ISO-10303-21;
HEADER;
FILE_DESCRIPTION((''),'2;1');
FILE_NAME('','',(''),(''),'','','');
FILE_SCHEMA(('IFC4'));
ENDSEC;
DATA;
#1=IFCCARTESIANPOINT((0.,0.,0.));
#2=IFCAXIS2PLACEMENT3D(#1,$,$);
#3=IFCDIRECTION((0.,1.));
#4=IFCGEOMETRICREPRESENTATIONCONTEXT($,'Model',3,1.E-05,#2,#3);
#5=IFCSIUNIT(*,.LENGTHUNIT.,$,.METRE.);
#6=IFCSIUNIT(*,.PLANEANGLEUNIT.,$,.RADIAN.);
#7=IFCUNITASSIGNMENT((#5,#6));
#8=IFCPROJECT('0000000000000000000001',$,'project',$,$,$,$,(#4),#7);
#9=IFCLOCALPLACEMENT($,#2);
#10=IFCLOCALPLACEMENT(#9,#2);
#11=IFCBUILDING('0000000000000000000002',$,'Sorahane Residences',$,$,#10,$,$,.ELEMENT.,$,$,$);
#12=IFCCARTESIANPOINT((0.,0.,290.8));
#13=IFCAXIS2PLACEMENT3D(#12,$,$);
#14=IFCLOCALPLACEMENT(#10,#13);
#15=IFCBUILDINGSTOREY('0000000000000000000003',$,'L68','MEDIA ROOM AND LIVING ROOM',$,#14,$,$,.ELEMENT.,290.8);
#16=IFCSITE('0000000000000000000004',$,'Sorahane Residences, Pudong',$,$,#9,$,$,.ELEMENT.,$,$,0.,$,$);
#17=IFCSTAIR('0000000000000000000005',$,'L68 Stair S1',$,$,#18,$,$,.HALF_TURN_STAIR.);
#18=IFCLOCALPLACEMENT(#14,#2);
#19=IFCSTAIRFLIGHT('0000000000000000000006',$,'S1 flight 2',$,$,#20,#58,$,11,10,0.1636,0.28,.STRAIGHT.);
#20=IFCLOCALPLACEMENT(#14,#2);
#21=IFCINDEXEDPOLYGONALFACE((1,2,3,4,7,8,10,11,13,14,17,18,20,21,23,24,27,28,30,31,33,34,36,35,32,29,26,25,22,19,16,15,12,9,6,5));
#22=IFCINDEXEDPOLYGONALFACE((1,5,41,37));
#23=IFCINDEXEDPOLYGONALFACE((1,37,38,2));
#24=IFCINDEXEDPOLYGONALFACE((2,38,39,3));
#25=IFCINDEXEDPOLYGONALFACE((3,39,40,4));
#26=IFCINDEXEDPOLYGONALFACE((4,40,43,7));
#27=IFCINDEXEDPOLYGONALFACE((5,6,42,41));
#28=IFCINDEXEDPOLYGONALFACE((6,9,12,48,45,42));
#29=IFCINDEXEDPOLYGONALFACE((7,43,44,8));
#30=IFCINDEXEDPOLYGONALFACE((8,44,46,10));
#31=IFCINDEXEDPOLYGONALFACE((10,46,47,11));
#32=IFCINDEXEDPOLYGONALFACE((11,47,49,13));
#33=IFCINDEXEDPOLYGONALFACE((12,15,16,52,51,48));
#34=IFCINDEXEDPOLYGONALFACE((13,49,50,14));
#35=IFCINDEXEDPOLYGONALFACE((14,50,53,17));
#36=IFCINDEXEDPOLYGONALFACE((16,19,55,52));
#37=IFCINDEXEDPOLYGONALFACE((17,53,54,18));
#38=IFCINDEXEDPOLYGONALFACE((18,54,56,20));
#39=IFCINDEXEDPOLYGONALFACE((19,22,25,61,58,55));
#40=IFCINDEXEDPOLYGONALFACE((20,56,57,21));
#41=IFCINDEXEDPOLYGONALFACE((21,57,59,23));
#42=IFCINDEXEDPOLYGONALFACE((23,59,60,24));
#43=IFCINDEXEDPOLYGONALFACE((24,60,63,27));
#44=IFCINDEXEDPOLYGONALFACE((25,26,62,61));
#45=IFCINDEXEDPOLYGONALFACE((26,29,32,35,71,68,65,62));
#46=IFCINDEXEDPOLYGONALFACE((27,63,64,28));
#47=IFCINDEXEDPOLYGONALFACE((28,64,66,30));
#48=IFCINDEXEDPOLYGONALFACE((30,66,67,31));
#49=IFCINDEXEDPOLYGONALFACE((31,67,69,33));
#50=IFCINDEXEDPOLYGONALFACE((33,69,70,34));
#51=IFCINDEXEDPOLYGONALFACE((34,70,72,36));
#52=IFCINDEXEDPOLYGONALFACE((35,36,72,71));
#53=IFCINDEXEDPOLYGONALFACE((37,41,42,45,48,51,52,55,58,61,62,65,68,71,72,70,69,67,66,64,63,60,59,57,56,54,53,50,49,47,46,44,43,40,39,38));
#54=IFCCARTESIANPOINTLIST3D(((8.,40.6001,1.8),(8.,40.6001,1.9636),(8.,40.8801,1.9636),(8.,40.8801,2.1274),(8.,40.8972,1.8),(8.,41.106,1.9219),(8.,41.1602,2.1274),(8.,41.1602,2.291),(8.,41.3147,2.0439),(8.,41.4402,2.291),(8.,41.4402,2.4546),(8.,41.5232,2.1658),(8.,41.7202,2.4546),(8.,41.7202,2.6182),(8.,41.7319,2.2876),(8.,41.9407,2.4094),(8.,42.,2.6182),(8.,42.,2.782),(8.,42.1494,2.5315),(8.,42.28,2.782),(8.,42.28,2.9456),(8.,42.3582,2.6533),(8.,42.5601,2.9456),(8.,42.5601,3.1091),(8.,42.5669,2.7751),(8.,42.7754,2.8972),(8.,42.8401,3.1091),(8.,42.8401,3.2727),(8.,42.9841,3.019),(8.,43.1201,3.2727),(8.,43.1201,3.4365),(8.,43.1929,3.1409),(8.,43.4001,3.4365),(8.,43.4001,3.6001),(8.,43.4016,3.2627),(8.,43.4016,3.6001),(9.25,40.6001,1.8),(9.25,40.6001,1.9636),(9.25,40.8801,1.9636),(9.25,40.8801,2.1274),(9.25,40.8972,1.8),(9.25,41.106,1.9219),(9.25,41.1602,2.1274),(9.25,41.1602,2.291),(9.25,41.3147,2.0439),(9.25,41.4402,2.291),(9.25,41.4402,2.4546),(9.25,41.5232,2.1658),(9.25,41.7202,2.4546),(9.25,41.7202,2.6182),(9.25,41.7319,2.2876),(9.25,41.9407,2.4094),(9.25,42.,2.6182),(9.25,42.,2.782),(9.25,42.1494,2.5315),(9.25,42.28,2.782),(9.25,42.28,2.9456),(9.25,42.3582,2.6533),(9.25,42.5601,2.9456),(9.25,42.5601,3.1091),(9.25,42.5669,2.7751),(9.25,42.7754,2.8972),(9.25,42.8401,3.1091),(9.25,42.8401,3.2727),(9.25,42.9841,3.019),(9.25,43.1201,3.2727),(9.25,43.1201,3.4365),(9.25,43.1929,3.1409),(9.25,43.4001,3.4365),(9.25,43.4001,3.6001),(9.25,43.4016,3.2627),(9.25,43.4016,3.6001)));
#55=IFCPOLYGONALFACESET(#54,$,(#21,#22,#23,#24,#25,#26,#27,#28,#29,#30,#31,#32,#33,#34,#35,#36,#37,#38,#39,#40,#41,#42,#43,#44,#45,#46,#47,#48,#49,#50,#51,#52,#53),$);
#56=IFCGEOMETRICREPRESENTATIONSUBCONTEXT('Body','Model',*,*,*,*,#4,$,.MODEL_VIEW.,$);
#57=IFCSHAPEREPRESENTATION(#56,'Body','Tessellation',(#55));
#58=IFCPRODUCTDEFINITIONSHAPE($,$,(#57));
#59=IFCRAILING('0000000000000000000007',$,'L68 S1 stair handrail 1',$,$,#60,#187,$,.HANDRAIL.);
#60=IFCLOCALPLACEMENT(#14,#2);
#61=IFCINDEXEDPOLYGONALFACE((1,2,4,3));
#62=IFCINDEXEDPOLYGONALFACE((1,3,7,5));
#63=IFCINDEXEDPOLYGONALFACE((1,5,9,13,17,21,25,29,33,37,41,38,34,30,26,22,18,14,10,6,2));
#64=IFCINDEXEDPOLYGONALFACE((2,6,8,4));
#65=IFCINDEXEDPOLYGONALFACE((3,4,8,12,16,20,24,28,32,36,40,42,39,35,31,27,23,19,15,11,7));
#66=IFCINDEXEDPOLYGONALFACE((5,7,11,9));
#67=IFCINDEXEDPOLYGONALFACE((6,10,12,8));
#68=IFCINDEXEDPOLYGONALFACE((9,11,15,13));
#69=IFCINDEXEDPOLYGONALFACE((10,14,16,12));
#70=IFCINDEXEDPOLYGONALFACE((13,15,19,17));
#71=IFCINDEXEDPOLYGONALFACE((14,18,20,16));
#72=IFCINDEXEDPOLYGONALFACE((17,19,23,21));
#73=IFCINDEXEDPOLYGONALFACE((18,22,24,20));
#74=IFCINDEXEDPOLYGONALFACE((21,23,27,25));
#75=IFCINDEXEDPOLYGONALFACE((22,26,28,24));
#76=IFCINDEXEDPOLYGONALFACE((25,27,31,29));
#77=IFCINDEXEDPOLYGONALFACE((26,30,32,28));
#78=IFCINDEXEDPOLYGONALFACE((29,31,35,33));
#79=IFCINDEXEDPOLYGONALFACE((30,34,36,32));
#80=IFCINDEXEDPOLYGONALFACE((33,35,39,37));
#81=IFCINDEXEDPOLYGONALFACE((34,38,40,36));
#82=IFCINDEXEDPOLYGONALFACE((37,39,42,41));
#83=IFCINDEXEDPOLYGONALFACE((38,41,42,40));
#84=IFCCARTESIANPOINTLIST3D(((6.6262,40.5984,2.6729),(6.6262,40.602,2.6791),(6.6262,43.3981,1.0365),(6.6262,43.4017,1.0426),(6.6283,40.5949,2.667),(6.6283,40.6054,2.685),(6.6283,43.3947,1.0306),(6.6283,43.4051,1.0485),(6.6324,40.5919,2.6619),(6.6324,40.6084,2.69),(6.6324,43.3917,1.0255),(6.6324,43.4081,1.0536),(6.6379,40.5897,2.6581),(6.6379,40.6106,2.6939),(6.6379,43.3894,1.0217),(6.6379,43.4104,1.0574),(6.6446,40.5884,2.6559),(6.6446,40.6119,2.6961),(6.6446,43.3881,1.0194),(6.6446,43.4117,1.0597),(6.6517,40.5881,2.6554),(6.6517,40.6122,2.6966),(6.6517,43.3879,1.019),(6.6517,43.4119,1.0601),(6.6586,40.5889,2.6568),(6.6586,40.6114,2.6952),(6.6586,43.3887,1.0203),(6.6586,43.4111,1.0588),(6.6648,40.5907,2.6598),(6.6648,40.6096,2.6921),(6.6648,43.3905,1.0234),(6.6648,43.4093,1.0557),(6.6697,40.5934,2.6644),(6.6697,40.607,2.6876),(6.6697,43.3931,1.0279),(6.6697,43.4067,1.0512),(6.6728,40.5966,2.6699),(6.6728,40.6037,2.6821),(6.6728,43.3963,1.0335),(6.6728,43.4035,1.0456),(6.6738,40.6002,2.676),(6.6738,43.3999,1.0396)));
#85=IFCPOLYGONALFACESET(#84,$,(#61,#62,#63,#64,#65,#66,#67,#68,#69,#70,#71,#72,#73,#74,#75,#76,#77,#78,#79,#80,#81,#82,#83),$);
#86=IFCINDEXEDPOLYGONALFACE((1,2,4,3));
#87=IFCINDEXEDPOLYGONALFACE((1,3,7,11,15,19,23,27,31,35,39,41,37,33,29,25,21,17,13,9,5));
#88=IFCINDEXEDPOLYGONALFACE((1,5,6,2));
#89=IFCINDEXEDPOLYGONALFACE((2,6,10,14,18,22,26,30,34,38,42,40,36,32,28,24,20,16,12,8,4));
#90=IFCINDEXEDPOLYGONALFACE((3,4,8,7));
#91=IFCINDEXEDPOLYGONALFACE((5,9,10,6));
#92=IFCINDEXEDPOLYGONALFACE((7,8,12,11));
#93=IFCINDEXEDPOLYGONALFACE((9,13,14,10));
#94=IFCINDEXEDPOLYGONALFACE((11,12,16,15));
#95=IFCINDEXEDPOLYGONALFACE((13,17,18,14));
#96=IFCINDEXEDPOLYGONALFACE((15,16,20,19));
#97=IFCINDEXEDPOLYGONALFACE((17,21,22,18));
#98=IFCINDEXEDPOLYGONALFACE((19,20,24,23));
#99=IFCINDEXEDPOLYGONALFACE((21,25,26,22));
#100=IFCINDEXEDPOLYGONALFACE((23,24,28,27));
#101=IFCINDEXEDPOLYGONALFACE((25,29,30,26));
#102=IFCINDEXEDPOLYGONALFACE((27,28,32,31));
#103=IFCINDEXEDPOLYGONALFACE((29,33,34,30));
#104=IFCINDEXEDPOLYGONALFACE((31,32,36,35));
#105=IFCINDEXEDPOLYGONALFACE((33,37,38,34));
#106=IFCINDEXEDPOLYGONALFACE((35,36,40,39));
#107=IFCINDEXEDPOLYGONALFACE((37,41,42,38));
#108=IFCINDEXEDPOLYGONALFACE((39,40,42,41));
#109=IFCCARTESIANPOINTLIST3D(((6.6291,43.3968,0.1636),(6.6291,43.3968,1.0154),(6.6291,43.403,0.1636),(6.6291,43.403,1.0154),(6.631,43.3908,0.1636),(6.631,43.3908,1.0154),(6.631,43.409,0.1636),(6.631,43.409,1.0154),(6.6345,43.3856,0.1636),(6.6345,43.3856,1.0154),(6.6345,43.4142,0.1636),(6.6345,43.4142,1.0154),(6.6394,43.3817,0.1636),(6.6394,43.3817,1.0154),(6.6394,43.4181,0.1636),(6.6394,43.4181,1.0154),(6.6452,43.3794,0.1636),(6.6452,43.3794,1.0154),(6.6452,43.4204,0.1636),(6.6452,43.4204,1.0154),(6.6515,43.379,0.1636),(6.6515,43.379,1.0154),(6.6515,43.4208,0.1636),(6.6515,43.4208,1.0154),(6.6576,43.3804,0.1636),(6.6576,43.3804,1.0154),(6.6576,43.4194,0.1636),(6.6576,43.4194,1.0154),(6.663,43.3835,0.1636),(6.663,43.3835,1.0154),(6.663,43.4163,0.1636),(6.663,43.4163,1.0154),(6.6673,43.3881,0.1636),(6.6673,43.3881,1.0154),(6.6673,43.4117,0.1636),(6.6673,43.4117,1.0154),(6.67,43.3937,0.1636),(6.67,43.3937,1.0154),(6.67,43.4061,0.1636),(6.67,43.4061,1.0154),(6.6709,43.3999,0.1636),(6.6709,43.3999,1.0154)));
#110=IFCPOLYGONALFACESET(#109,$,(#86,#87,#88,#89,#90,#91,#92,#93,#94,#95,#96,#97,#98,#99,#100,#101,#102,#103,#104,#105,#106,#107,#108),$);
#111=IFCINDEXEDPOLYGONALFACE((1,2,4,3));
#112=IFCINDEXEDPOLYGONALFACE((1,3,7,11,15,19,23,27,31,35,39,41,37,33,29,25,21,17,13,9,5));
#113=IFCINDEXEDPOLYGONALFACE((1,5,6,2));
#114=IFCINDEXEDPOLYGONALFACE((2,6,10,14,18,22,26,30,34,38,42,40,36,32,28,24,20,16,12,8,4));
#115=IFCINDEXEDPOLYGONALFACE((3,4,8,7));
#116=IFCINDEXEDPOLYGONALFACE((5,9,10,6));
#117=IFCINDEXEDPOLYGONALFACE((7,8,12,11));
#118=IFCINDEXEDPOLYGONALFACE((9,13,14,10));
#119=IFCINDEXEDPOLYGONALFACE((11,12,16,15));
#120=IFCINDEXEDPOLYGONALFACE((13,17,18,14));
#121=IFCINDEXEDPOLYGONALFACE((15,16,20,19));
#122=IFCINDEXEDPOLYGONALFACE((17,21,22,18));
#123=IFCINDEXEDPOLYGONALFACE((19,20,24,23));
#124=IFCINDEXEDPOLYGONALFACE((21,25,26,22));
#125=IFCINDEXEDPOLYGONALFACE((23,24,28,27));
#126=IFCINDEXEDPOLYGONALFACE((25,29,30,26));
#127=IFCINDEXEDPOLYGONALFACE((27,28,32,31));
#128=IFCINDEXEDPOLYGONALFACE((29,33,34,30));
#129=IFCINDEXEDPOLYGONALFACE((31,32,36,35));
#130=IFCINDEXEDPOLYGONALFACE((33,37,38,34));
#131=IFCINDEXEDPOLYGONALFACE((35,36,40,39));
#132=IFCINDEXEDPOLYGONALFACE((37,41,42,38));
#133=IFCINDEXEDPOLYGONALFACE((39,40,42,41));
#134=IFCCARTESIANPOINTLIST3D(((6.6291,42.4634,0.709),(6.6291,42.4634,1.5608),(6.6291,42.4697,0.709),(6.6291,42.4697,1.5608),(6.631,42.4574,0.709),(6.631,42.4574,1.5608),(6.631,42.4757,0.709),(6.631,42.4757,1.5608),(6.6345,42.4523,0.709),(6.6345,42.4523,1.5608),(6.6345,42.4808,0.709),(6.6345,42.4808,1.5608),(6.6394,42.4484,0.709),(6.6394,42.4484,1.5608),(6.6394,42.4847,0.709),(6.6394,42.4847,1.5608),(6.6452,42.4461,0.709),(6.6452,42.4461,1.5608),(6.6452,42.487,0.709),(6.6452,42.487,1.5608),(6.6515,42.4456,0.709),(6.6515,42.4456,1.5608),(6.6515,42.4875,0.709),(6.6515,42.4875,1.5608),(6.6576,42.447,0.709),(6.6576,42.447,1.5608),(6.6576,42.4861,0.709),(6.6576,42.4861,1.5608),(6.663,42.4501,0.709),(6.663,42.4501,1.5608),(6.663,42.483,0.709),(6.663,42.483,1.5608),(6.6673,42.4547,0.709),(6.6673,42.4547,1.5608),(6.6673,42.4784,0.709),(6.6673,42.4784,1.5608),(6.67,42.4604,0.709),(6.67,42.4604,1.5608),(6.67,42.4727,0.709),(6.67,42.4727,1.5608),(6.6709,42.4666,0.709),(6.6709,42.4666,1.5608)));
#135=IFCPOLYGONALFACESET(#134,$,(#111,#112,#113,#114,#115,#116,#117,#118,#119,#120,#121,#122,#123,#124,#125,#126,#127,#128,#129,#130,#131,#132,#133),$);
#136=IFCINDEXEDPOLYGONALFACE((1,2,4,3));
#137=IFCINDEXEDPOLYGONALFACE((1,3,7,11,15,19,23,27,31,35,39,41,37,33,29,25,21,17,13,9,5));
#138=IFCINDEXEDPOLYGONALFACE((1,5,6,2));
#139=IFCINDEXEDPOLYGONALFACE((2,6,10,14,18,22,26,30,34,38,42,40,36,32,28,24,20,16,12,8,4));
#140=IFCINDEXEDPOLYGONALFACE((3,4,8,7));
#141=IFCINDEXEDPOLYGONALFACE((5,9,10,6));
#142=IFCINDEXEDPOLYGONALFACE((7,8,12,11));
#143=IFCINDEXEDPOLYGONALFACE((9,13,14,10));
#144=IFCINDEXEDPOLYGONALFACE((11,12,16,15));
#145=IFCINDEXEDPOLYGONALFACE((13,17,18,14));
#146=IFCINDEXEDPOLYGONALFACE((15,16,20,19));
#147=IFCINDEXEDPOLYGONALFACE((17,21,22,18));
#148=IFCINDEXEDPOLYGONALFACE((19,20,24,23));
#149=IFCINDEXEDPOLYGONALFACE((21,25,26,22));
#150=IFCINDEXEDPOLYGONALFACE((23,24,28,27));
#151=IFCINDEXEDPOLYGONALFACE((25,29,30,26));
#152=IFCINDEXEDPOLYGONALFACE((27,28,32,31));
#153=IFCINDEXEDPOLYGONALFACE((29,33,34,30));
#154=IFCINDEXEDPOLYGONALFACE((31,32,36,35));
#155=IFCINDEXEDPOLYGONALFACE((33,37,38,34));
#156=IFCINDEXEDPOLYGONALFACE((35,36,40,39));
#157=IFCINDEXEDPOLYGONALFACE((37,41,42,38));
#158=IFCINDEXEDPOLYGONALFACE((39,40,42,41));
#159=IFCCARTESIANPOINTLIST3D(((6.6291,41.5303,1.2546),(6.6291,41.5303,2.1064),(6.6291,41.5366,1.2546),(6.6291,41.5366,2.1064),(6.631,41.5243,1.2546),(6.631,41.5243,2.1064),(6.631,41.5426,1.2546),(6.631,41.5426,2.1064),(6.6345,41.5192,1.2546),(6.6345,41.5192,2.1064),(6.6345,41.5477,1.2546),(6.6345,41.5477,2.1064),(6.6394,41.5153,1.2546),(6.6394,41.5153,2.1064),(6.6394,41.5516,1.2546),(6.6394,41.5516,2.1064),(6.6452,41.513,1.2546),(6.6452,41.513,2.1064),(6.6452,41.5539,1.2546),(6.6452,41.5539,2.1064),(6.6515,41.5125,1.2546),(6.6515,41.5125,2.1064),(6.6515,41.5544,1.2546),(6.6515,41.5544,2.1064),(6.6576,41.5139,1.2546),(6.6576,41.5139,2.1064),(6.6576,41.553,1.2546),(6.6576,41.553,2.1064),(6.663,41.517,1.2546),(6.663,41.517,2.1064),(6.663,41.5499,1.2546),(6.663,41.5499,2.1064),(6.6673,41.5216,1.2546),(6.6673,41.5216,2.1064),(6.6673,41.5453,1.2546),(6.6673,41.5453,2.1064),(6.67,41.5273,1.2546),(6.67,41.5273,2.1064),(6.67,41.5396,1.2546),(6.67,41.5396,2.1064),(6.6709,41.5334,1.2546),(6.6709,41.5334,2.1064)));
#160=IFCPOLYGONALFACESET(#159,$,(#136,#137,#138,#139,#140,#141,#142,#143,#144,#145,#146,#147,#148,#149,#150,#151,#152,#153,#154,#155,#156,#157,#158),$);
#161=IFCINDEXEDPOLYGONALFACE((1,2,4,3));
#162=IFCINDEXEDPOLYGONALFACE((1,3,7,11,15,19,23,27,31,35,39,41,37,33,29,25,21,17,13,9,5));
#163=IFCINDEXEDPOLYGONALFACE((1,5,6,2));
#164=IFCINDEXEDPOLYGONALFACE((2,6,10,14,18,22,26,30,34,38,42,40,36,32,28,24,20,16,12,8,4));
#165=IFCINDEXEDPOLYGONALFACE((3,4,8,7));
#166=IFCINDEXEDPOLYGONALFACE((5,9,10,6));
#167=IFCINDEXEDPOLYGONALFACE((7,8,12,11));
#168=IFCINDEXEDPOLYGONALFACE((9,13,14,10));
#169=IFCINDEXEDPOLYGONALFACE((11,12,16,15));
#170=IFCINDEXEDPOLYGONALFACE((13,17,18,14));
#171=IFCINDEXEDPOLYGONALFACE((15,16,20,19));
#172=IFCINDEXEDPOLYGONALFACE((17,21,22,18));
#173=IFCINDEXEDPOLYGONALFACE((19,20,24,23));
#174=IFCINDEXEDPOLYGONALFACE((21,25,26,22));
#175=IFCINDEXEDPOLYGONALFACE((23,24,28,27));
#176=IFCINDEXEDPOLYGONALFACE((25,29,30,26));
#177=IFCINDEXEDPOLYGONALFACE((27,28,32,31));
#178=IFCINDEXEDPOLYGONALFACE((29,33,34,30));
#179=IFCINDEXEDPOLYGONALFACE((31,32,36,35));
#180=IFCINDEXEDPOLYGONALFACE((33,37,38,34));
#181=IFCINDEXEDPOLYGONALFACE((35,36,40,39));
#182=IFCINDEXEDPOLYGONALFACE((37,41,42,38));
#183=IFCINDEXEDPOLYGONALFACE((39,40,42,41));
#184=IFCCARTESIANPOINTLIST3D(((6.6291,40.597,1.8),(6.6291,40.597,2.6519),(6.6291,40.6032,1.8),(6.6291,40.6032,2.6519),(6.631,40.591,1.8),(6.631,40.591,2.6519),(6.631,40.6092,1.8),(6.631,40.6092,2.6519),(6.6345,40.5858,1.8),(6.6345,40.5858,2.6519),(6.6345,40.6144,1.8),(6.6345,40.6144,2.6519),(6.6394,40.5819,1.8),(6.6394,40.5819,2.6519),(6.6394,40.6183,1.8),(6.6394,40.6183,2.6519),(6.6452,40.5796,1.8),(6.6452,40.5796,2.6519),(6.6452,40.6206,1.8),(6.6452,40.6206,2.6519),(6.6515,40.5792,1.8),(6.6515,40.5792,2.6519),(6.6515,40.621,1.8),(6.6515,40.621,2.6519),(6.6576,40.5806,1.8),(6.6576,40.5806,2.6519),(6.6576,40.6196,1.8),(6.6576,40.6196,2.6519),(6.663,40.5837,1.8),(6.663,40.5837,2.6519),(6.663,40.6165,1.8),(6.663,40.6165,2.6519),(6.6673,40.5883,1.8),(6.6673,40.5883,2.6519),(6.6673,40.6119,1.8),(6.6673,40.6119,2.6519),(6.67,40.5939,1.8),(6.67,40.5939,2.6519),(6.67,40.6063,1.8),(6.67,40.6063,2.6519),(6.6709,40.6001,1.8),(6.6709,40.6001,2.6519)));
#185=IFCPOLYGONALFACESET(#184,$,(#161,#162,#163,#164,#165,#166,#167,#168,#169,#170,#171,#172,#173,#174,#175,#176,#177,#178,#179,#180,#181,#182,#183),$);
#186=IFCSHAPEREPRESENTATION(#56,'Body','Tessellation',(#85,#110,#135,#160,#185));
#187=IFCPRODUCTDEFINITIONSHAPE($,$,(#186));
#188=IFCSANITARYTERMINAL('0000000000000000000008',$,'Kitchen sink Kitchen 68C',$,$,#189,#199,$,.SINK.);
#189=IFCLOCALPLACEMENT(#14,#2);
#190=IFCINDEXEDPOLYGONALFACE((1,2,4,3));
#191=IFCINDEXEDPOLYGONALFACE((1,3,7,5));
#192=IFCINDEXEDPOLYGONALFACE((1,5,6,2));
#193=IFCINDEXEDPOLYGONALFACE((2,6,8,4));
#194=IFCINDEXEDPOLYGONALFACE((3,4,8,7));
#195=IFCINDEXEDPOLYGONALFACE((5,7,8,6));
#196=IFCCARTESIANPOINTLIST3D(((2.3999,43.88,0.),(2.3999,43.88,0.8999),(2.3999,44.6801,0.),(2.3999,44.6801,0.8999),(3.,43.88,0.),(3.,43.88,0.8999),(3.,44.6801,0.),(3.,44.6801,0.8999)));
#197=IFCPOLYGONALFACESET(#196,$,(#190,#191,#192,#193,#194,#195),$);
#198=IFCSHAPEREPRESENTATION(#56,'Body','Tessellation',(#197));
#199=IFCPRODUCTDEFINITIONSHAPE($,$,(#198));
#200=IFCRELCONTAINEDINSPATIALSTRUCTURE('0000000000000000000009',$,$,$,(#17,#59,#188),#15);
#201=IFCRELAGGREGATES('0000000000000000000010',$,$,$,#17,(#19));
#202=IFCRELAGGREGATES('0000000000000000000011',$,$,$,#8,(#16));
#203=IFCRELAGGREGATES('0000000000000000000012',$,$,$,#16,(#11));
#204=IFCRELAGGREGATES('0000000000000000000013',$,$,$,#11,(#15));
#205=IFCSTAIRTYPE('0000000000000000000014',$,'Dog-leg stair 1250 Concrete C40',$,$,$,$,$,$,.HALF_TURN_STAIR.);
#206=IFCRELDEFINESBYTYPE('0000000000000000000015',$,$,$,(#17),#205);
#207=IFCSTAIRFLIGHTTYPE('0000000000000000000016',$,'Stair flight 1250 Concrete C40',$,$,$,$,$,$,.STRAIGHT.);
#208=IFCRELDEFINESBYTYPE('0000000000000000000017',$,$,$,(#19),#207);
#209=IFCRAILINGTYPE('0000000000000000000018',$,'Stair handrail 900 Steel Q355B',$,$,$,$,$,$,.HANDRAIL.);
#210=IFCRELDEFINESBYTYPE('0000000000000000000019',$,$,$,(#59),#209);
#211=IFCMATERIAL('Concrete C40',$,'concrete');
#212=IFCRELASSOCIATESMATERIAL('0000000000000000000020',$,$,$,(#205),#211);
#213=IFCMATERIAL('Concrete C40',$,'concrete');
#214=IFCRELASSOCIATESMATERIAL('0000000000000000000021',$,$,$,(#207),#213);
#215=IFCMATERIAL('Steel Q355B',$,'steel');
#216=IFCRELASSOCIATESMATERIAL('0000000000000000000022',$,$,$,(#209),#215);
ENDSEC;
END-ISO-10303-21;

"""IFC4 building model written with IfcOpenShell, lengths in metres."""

from ifc_helpers import new_model, si_unit, direction, frame, origin, origin_2d, place, context, subcontext, project, spatial, polyline, rectangle, circle, outline, extrude, material, type_object, element, aggregate, save


model = new_model("IFC4")

# Units and contexts
model_context = context("Model", 3, precision=1e-05, world=origin(), true_north=direction((0.0, 1.0)))
body_context = subcontext(model_context, "Body", "Model", "MODEL_VIEW")
ifc_project = project(units=[si_unit("LENGTHUNIT", "METRE"), si_unit("PLANEANGLEUNIT", "RADIAN")], contexts=[model_context])

# Site, building, storey
site_placement = place(None, origin())
site = spatial("IfcSite", under=ifc_project, at=site_placement, Name="Sorahane Residences, Pudong", CompositionType="ELEMENT", RefElevation=0.0)
building_placement = place(site_placement, origin())
building = spatial("IfcBuilding", under=site, at=building_placement, Name="Sorahane Residences", CompositionType="ELEMENT")
storey_placement = place(building_placement, frame((0.0, 0.0, 290.8)))
storey = spatial("IfcBuildingStorey", under=building, at=storey_placement, Name="L68", Description="MEDIA ROOM AND LIVING ROOM", CompositionType="ELEMENT", Elevation=290.8)

# Stair, stair flight
ifc_material_1 = material(Name="Concrete C40", Category="concrete")
stair_type = type_object("IfcStairType", Name="Dog-leg stair 1250 Concrete C40", PredefinedType="HALF_TURN_STAIR", material=ifc_material_1)
stair_placement = place(storey_placement, origin())
stair = element("IfcStair", 1, at=stair_placement, inside=storey, type_object=stair_type, Name="L68 Stair S1", PredefinedType="HALF_TURN_STAIR")
ifc_material_2 = material(Name="Concrete C40", Category="concrete")
stair_flight_type = type_object("IfcStairFlightType", Name="Stair flight 1250 Concrete C40", PredefinedType="STRAIGHT", material=ifc_material_2)
stair_flight_1_placement = place(storey_placement, frame((8.625, 40.6001, 1.8), z_axis=(0.0, 0.0, 1.0), x_axis=(0.0, 1.0, 0.0)))
stair_flight_1 = element("IfcStairFlight", 2, at=stair_flight_1_placement, type_object=stair_flight_type, Name="S1 flight 2", NumberOfRisers=11, NumberOfTreads=10, PredefinedType="STRAIGHT", RiserHeight=0.1636, TreadLength=0.28, context=body_context, shape_type="SweptSolid", body=[
    extrude(outline(polyline([(0.0, 0.0), (0.0, 0.1636), (0.28, 0.1636), (0.28, 0.3274), (0.5601, 0.3274), (0.5601, 0.491), (0.8401, 0.491), (0.8401, 0.6545), (1.1201, 0.6545), (1.1201, 0.8181), (1.3999, 0.8181), (1.3999, 0.9819), (1.6799, 0.9819), (1.6799, 1.1455), (1.96, 1.1455), (1.96, 1.3091), (2.24, 1.3091), (2.24, 1.4727), (2.52, 1.4727), (2.52, 1.6365), (2.8, 1.6365), (2.8, 1.8), (2.8015, 1.8), (2.8015, 1.4626), (2.5928, 1.3408), (2.384, 1.219), (2.1753, 1.0972), (1.9668, 0.9751), (1.7581, 0.8533), (1.5493, 0.7314), (1.3406, 0.6094), (1.1318, 0.4875), (0.9231, 0.3657), (0.7146, 0.2439), (0.5059, 0.1218), (0.2971, 0.0), (0.0, 0.0)])), frame((0.0, 0.625, 0.0), z_axis=(0.0, -1.0, 0.0), x_axis=(1.0, 0.0, 0.0)), (0.0, 0.0, 1.0), 1.25),
])
aggregate(stair, [stair_flight_1])

# Railing
ifc_material_3 = material(Name="Steel Q355B", Category="steel")
railing_type_1 = type_object("IfcRailingType", Name="Stair handrail 900 Steel Q355B", PredefinedType="HANDRAIL", material=ifc_material_3)
railing_1_placement = place(storey_placement, frame((6.6499, 43.3999, 0.1636)))
element("IfcRailing", 3, at=railing_1_placement, inside=storey, type_object=railing_type_1, Name="L68 S1 stair handrail 1", PredefinedType="HANDRAIL", context=body_context, shape_type="SweptSolid", body=[
    extrude(circle(Radius=0.0239, at=origin_2d()), frame((0.0, 0.0, 0.876), z_axis=(0.0, -0.863342, 0.50462), x_axis=(1.0, 0.0, 0.0)), (0.0, 0.0, 1.0), 3.2429),
    extrude(circle(Radius=0.021, at=origin_2d()), origin(), (0.0, 0.0, 1.0), 0.8518),
    extrude(circle(Radius=0.021, at=origin_2d()), frame((0.0, -0.9333, 0.5454)), (0.0, 0.0, 1.0), 0.8518),
    extrude(circle(Radius=0.021, at=origin_2d()), frame((0.0, -1.8665, 1.0911)), (0.0, 0.0, 1.0), 0.8518),
    extrude(circle(Radius=0.021, at=origin_2d()), frame((0.0, -2.7998, 1.6365)), (0.0, 0.0, 1.0), 0.8518),
])

# Sanitary terminal
sanitary_terminal_placement = place(storey_placement, frame((2.7, 44.28, 0.0), z_axis=(0.0, 0.0, 1.0), x_axis=(0.0, -1.0, 0.0)))
element("IfcSanitaryTerminal", 4, at=sanitary_terminal_placement, inside=storey, Name="Kitchen sink Kitchen 68C", PredefinedType="SINK", context=body_context, shape_type="SweptSolid", body=[
    extrude(rectangle(XDim=0.8, YDim=0.6001, at=origin_2d()), origin(), (0.0, 0.0, 1.0), 0.8999),
])

save(model, "model.ifc")
